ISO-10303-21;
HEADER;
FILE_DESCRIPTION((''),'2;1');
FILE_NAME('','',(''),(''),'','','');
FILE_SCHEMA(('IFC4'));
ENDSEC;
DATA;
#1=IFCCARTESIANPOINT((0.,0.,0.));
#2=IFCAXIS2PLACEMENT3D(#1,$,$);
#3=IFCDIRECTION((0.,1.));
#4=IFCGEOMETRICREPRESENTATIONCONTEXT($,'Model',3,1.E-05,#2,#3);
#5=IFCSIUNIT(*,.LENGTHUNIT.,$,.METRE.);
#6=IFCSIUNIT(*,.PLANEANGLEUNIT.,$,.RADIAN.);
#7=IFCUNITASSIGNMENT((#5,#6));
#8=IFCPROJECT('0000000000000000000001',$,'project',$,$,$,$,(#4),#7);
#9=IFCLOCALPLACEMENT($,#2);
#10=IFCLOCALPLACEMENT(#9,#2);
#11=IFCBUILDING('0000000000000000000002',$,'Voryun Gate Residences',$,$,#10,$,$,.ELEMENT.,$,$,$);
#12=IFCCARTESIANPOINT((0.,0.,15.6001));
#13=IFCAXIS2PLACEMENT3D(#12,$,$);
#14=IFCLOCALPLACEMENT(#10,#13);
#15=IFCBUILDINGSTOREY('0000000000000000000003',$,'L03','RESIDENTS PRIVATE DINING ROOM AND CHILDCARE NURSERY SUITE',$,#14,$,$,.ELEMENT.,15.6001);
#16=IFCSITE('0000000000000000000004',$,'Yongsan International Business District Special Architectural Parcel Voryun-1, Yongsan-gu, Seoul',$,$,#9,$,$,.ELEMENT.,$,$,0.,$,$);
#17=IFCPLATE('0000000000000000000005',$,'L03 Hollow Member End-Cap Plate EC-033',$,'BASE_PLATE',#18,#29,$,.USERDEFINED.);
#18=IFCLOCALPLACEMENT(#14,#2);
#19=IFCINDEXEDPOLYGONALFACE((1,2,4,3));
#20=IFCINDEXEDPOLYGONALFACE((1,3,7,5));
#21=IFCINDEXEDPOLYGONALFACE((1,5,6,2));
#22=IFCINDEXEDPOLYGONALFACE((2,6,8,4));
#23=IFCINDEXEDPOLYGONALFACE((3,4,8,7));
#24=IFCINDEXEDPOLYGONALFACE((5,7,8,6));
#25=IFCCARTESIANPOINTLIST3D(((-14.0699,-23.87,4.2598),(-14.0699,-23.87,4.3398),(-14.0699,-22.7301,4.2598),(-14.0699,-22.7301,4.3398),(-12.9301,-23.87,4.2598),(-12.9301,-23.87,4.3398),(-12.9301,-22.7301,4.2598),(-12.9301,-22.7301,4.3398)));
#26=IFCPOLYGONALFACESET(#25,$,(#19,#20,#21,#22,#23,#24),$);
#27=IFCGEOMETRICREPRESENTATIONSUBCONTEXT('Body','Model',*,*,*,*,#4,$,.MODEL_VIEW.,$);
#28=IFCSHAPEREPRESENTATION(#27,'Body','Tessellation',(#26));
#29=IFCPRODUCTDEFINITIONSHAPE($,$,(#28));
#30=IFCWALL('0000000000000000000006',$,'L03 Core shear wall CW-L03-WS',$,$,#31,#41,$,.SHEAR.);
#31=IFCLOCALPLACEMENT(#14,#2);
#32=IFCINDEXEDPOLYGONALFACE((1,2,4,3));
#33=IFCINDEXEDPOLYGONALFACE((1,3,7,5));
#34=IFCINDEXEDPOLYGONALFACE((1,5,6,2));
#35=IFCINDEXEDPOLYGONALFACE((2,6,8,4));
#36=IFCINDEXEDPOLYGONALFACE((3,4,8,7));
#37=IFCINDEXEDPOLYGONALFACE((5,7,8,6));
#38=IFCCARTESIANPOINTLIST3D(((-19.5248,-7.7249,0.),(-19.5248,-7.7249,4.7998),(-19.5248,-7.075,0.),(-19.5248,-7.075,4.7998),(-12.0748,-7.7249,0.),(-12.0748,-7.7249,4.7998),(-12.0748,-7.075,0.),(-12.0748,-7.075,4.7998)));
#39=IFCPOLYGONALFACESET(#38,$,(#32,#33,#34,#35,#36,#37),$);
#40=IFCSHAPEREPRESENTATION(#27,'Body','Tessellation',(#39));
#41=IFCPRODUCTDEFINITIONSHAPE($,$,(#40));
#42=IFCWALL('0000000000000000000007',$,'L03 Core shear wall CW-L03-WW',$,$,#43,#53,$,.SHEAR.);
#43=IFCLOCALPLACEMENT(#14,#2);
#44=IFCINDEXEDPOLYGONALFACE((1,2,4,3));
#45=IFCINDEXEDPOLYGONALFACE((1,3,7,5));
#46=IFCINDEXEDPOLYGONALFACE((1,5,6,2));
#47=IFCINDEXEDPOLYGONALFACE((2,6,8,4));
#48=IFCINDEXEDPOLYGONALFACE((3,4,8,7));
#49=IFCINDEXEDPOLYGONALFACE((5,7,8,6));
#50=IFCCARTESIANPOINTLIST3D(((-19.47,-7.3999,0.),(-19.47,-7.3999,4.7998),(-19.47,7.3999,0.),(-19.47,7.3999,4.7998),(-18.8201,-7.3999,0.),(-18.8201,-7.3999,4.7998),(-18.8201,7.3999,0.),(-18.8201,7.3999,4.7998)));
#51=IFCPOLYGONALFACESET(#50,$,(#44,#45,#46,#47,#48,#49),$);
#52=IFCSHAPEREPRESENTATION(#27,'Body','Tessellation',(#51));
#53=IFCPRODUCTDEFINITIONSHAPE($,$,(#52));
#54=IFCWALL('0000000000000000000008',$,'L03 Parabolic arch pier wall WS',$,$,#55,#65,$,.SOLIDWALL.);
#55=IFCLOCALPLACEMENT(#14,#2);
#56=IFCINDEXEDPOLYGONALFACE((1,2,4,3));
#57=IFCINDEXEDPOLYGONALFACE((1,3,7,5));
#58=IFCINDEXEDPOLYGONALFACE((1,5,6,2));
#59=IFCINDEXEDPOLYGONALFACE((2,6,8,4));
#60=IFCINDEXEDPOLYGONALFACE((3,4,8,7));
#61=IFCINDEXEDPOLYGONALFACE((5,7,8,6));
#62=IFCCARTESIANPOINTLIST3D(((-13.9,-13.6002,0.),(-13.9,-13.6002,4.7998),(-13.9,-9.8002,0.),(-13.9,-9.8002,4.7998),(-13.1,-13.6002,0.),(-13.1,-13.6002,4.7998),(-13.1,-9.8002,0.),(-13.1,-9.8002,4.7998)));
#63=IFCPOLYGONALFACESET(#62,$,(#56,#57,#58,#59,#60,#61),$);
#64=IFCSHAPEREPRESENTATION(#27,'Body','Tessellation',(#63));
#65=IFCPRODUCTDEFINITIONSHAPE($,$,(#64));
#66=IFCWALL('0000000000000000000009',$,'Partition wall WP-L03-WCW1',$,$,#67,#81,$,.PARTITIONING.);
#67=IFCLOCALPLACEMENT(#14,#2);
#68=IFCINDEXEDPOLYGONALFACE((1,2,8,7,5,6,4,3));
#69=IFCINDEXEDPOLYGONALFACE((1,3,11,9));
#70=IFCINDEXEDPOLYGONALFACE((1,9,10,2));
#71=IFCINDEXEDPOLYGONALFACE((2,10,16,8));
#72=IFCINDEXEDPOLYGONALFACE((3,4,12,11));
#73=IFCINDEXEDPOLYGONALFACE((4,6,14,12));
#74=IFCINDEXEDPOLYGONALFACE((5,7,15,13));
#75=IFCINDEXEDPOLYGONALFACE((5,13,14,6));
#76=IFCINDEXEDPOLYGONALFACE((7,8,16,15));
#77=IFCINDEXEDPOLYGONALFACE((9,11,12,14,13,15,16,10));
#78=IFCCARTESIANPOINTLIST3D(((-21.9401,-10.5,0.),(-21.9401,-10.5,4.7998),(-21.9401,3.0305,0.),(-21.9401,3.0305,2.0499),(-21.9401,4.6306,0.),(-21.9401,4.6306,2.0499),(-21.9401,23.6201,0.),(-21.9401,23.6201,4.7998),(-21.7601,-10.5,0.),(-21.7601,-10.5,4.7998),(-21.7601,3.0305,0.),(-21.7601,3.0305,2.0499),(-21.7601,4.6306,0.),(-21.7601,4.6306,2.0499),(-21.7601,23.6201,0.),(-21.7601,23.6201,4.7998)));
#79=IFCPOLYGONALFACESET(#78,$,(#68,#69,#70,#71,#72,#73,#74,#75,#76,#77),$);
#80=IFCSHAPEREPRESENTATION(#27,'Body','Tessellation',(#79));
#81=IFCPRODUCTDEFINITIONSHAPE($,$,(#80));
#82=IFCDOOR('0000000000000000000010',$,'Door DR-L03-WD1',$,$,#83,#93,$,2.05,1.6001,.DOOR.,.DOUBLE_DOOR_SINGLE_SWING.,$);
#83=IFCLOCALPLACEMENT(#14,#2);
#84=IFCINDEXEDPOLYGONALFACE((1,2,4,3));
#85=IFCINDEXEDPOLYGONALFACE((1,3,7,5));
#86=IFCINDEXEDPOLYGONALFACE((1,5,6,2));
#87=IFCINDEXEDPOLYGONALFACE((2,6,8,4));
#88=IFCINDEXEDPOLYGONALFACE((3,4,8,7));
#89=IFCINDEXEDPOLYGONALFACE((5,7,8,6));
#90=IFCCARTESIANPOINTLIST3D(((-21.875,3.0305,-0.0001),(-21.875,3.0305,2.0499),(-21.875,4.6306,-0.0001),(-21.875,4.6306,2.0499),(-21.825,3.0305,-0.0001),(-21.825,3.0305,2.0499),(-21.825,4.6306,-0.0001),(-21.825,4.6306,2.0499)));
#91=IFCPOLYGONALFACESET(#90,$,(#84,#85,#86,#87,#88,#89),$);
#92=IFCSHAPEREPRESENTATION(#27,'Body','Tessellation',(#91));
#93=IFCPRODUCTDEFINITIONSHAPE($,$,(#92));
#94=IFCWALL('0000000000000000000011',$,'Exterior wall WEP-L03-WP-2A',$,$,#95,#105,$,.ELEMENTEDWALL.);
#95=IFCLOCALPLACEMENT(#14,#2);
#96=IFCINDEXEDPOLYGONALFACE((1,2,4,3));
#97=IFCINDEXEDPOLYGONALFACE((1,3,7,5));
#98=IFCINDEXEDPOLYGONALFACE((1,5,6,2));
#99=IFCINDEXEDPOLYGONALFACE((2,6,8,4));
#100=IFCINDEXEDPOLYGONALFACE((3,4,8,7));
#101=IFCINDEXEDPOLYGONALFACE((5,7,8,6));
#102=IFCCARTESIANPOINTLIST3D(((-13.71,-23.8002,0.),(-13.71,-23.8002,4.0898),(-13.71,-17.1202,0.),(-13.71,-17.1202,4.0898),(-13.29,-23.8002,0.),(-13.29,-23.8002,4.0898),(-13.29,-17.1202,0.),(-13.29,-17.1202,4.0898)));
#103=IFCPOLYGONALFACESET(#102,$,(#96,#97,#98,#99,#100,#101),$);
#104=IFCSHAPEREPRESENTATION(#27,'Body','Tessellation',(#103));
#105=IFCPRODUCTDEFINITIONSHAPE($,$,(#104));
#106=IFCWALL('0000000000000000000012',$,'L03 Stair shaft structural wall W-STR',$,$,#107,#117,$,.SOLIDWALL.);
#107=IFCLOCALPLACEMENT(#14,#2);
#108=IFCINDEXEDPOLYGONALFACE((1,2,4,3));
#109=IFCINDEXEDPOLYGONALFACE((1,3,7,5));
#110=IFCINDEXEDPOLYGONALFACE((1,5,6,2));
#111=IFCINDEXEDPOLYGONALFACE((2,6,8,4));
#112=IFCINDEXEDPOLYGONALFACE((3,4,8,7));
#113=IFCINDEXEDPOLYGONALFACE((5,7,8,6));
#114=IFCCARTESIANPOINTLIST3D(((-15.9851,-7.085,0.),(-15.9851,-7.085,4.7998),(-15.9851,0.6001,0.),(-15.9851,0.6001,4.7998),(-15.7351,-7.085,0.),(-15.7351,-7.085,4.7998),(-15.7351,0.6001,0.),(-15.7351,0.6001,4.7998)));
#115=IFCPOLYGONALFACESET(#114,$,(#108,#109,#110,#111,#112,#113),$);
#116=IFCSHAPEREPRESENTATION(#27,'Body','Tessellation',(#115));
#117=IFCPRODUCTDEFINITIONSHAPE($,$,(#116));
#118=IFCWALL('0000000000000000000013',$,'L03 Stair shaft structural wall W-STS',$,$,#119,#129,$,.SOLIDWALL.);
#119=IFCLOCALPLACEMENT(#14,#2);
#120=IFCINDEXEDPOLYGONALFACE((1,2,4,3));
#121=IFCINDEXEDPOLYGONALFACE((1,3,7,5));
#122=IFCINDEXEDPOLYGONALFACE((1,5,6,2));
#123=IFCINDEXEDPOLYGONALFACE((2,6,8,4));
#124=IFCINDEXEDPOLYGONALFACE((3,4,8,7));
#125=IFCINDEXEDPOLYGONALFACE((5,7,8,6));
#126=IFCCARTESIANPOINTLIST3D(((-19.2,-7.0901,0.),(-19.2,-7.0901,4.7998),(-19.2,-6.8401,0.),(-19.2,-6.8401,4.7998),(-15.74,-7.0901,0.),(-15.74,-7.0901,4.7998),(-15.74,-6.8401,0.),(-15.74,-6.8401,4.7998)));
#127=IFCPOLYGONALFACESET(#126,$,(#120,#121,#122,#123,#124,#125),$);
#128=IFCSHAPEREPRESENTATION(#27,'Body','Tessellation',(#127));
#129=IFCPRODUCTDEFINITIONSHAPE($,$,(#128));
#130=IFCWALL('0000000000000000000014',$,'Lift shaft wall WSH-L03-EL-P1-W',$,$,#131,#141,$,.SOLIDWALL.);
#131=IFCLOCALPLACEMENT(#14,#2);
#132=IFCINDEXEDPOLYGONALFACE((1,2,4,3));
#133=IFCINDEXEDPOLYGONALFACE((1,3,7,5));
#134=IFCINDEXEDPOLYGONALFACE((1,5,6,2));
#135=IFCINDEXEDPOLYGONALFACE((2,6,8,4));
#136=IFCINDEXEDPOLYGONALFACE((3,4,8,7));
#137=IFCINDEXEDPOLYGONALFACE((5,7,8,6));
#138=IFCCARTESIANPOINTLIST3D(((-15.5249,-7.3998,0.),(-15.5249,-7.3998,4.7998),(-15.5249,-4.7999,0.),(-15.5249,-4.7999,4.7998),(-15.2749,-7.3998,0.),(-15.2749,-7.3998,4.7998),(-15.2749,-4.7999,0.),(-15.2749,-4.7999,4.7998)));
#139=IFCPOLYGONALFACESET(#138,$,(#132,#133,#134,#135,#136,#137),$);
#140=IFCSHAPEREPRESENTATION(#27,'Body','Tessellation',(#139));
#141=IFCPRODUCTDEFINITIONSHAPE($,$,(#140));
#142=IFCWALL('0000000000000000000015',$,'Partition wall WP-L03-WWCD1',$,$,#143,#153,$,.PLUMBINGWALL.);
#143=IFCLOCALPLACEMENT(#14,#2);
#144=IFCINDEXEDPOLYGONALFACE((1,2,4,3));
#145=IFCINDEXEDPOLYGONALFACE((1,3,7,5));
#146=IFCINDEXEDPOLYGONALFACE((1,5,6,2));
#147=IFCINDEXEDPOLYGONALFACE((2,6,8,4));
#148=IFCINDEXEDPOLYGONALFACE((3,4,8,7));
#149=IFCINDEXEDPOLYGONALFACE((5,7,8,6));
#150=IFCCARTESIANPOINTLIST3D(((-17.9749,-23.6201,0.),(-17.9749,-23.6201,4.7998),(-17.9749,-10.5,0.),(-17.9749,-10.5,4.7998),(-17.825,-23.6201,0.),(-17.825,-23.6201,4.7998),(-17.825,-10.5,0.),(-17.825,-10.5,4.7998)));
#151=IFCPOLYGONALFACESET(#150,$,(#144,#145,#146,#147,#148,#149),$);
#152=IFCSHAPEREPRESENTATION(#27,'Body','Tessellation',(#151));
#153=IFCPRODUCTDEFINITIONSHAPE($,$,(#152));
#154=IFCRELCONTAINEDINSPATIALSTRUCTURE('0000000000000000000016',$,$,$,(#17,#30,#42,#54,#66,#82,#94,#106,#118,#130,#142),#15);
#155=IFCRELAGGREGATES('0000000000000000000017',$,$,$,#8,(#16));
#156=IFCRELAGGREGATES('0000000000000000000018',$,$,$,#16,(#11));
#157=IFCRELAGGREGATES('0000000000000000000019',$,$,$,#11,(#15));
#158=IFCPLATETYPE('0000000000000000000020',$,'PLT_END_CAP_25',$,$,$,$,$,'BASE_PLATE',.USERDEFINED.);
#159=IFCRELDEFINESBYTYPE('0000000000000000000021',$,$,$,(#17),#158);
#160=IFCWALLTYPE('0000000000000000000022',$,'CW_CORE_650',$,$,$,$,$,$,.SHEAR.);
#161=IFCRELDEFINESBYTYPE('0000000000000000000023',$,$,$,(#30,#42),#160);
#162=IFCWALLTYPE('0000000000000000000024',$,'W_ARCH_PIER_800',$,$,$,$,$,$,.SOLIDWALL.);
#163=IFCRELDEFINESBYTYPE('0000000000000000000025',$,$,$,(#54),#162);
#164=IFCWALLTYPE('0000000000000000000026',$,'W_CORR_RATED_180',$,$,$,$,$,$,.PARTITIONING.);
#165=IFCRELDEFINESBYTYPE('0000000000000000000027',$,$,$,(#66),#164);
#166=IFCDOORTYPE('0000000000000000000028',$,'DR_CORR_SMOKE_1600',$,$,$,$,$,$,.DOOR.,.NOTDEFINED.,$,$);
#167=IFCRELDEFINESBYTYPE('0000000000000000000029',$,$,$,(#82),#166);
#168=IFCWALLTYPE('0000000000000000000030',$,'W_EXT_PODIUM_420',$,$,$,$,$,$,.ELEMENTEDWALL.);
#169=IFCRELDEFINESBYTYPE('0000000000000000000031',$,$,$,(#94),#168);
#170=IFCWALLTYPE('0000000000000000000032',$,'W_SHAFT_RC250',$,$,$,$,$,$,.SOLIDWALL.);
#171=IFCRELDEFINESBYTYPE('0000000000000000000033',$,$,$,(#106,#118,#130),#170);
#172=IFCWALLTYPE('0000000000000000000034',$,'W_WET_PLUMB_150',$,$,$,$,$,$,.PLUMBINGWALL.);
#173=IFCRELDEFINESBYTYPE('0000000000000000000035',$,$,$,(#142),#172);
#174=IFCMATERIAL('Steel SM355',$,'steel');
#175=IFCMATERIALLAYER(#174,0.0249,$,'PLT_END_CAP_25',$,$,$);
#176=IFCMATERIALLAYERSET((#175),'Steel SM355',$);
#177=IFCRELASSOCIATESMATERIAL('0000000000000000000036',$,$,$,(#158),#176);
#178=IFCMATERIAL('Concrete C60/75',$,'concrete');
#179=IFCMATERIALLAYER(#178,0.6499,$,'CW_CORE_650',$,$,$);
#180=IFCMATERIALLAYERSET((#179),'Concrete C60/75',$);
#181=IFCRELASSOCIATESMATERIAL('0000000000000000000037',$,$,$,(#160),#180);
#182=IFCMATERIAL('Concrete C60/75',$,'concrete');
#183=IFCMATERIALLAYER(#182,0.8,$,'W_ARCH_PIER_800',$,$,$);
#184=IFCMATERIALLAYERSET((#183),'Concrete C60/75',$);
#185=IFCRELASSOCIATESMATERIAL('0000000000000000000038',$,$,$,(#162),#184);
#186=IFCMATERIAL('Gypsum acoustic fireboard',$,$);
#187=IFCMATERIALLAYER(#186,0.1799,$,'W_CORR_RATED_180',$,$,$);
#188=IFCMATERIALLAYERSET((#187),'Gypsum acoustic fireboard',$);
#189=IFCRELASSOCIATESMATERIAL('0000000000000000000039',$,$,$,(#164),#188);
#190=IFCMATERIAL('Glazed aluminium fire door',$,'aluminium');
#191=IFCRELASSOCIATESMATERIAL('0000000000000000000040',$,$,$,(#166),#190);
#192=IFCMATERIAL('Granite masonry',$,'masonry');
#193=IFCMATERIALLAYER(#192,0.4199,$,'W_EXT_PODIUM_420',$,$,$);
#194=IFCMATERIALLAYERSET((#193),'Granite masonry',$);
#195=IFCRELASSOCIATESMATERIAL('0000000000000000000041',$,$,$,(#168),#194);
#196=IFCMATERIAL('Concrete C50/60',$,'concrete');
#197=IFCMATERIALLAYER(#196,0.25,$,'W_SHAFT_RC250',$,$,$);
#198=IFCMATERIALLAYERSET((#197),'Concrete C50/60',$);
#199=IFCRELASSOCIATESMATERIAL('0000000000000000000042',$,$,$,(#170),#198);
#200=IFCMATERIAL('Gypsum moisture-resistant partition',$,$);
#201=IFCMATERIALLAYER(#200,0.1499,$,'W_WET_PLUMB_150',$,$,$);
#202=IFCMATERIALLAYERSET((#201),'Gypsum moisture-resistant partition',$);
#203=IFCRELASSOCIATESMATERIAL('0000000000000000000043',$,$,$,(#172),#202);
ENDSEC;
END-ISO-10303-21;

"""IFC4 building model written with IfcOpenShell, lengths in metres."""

from ifc_helpers import new_model, si_unit, direction, frame, frame_2d, origin, origin_2d, place, context, subcontext, project, spatial, rectangle, extrude, material, layer, layer_set, type_object, element, fill, save


model = new_model("IFC4")

# Units and contexts
model_context = context("Model", 3, precision=1e-05, world=origin(), true_north=direction((0.0, 1.0)))
body_context = subcontext(model_context, "Body", "Model", "MODEL_VIEW")
ifc_project = project(units=[si_unit("LENGTHUNIT", "METRE"), si_unit("PLANEANGLEUNIT", "RADIAN")], contexts=[model_context])

# Site, building, storey
site_placement = place(None, origin())
site = spatial("IfcSite", under=ifc_project, at=site_placement, Name="Yongsan International Business District Special Architectural Parcel Voryun-1, Yongsan-gu, Seoul", CompositionType="ELEMENT", RefElevation=0.0)
building_placement = place(site_placement, origin())
building = spatial("IfcBuilding", under=site, at=building_placement, Name="Voryun Gate Residences", CompositionType="ELEMENT")
storey_placement = place(building_placement, frame((0.0, 0.0, 15.6001)))
storey = spatial("IfcBuildingStorey", under=building, at=storey_placement, Name="L03", Description="RESIDENTS PRIVATE DINING ROOM AND CHILDCARE NURSERY SUITE", CompositionType="ELEMENT", Elevation=15.6001)

# Plate
ifc_material_1 = material(Name="Steel SM355", Category="steel")
ifc_layer_1 = layer(ifc_material_1, 0.0249, Name="PLT_END_CAP_25")
ifc_layer_set_1 = layer_set([ifc_layer_1], Name="Steel SM355")
plate_type = type_object("IfcPlateType", Name="PLT_END_CAP_25", ElementType="BASE_PLATE", PredefinedType="USERDEFINED", material=ifc_layer_set_1)
plate_placement = place(storey_placement, frame((-13.5, -23.3, 4.2598), z_axis=(0.0, 0.0, 1.0), x_axis=(1.0, 0.0, 0.0)))
element("IfcPlate", 1, at=plate_placement, inside=storey, type_object=plate_type, Name="L03 Hollow Member End-Cap Plate EC-033", ObjectType="BASE_PLATE", PredefinedType="USERDEFINED", context=body_context, shape_type="SweptSolid", body=[
    extrude(rectangle(XDim=1.1399, YDim=1.1399, at=origin_2d()), origin(), (0.0, 0.0, 1.0), 0.0801),
])

# Walls
ifc_material_2 = material(Name="Concrete C60/75", Category="concrete")
ifc_layer_2 = layer(ifc_material_2, 0.6499, Name="CW_CORE_650")
ifc_layer_set_2 = layer_set([ifc_layer_2], Name="Concrete C60/75")
wall_type_1 = type_object("IfcWallType", Name="CW_CORE_650", PredefinedType="SHEAR", material=ifc_layer_set_2)
wall_1_placement = place(storey_placement, frame((-19.5249, -7.3999, 0.0), z_axis=(0.0, 0.0, 1.0), x_axis=(1.0, 0.0, 0.0)))
element("IfcWall", 2, at=wall_1_placement, inside=storey, type_object=wall_type_1, Name="L03 Core shear wall CW-L03-WS", PredefinedType="SHEAR", context=body_context, shape_type="SweptSolid", body=[
    extrude(rectangle(XDim=7.45, YDim=0.6499, at=frame_2d((3.7251, 0.0))), origin(), (0.0, 0.0, 1.0), 4.7998),
])
wall_2_placement = place(storey_placement, frame((-19.145, -7.3999, 0.0), z_axis=(0.0, 0.0, 1.0), x_axis=(0.0, 1.0, 0.0)))
element("IfcWall", 3, at=wall_2_placement, inside=storey, type_object=wall_type_1, Name="L03 Core shear wall CW-L03-WW", PredefinedType="SHEAR", context=body_context, shape_type="SweptSolid", body=[
    extrude(rectangle(XDim=14.7998, YDim=0.6499, at=frame_2d((7.3999, 0.0))), origin(), (0.0, 0.0, 1.0), 4.7998),
])
ifc_material_3 = material(Name="Concrete C60/75", Category="concrete")
ifc_layer_3 = layer(ifc_material_3, 0.8, Name="W_ARCH_PIER_800")
ifc_layer_set_3 = layer_set([ifc_layer_3], Name="Concrete C60/75")
wall_type_2 = type_object("IfcWallType", Name="W_ARCH_PIER_800", PredefinedType="SOLIDWALL", material=ifc_layer_set_3)
wall_3_placement = place(storey_placement, frame((-13.5, -13.6001, 0.0), z_axis=(0.0, 0.0, 1.0), x_axis=(0.0, 1.0, 0.0)))
element("IfcWall", 4, at=wall_3_placement, inside=storey, type_object=wall_type_2, Name="L03 Parabolic arch pier wall WS", PredefinedType="SOLIDWALL", context=body_context, shape_type="SweptSolid", body=[
    extrude(rectangle(XDim=3.8, YDim=0.8, at=frame_2d((1.8999, 0.0))), origin(), (0.0, 0.0, 1.0), 4.7998),
])

# Wall, opening, door
ifc_material_4 = material(Name="Gypsum acoustic fireboard")
ifc_layer_4 = layer(ifc_material_4, 0.1799, Name="W_CORR_RATED_180")
ifc_layer_set_4 = layer_set([ifc_layer_4], Name="Gypsum acoustic fireboard")
wall_type_3 = type_object("IfcWallType", Name="W_CORR_RATED_180", PredefinedType="PARTITIONING", material=ifc_layer_set_4)
wall_4_placement = place(storey_placement, frame((-21.8501, -10.5, 0.0), z_axis=(0.0, 0.0, 1.0), x_axis=(0.0, 1.0, 0.0)))
wall_4 = element("IfcWall", 5, at=wall_4_placement, inside=storey, type_object=wall_type_3, Name="Partition wall WP-L03-WCW1", PredefinedType="PARTITIONING", context=body_context, shape_type="SweptSolid", body=[
    extrude(rectangle(XDim=34.1201, YDim=0.1799, at=frame_2d((17.0601, 0.0))), origin(), (0.0, 0.0, 1.0), 4.7998),
])
opening_1_placement = place(wall_4_placement, frame((13.5305, 0.0, 0.0)))
opening_1 = element("IfcOpeningElement", 6, at=opening_1_placement, cuts=wall_4, PredefinedType="OPENING", context=body_context, shape_type="SweptSolid", body=[
    extrude(rectangle(XDim=1.6001, YDim=2.05, at=frame_2d((0.8, 1.0249))), frame((0.0, 0.0999, 0.0), z_axis=(0.0, -1.0, 0.0), x_axis=(1.0, 0.0, 0.0)), (0.0, 0.0, 1.0), 0.2),
])
ifc_material_5 = material(Name="Glazed aluminium fire door", Category="aluminium")
door_type_1 = type_object("IfcDoorType", Name="DR_CORR_SMOKE_1600", OperationType="NOTDEFINED", PredefinedType="DOOR", material=ifc_material_5)
door_1_placement = place(opening_1_placement, origin())
door_1 = element("IfcDoor", 7, at=door_1_placement, inside=storey, type_object=door_type_1, Name="Door DR-L03-WD1", OperationType="DOUBLE_DOOR_SINGLE_SWING", OverallHeight=2.05, OverallWidth=1.6001, PredefinedType="DOOR", context=body_context, shape_type="SweptSolid", body=[
    extrude(rectangle(XDim=1.6001, YDim=2.05, at=frame_2d((0.8, 1.0249))), frame((0.0, 0.0249, 0.0), z_axis=(0.0, -1.0, 0.0), x_axis=(1.0, 0.0, 0.0)), (0.0, 0.0, 1.0), 0.05),
])
fill(opening_1, door_1)

# Walls
ifc_material_6 = material(Name="Granite masonry", Category="masonry")
ifc_layer_5 = layer(ifc_material_6, 0.4199, Name="W_EXT_PODIUM_420")
ifc_layer_set_5 = layer_set([ifc_layer_5], Name="Granite masonry")
wall_type_4 = type_object("IfcWallType", Name="W_EXT_PODIUM_420", PredefinedType="ELEMENTEDWALL", material=ifc_layer_set_5)
wall_5_placement = place(storey_placement, frame((-13.5, -23.8, 0.0), z_axis=(0.0, 0.0, 1.0), x_axis=(0.0, 1.0, 0.0)))
element("IfcWall", 8, at=wall_5_placement, inside=storey, type_object=wall_type_4, Name="Exterior wall WEP-L03-WP-2A", PredefinedType="ELEMENTEDWALL", context=body_context, shape_type="SweptSolid", body=[
    extrude(rectangle(XDim=6.6799, YDim=0.4199, at=frame_2d((3.3398, 0.0))), origin(), (0.0, 0.0, 1.0), 4.0898),
])
ifc_material_7 = material(Name="Concrete C50/60", Category="concrete")
ifc_layer_6 = layer(ifc_material_7, 0.25, Name="W_SHAFT_RC250")
ifc_layer_set_6 = layer_set([ifc_layer_6], Name="Concrete C50/60")
wall_type_5 = type_object("IfcWallType", Name="W_SHAFT_RC250", PredefinedType="SOLIDWALL", material=ifc_layer_set_6)
wall_6_placement = place(storey_placement, frame((-15.8601, -7.085, 0.0), z_axis=(0.0, 0.0, 1.0), x_axis=(0.0, 1.0, 0.0)))
element("IfcWall", 9, at=wall_6_placement, inside=storey, type_object=wall_type_5, Name="L03 Stair shaft structural wall W-STR", PredefinedType="SOLIDWALL", context=body_context, shape_type="SweptSolid", body=[
    extrude(rectangle(XDim=7.6851, YDim=0.25, at=frame_2d((3.8425, 0.0))), origin(), (0.0, 0.0, 1.0), 4.7998),
])
wall_7_placement = place(storey_placement, frame((-19.2, -6.9651, 0.0), z_axis=(0.0, 0.0, 1.0), x_axis=(1.0, 0.0, 0.0)))
element("IfcWall", 10, at=wall_7_placement, inside=storey, type_object=wall_type_5, Name="L03 Stair shaft structural wall W-STS", PredefinedType="SOLIDWALL", context=body_context, shape_type="SweptSolid", body=[
    extrude(rectangle(XDim=3.46, YDim=0.25, at=frame_2d((1.73, 0.0))), origin(), (0.0, 0.0, 1.0), 4.7998),
])
wall_8_placement = place(storey_placement, frame((-15.3999, -4.8, 0.0), z_axis=(0.0, 0.0, 1.0), x_axis=(0.0, -1.0, 0.0)))
element("IfcWall", 11, at=wall_8_placement, inside=storey, type_object=wall_type_5, Name="Lift shaft wall WSH-L03-EL-P1-W", PredefinedType="SOLIDWALL", context=body_context, shape_type="SweptSolid", body=[
    extrude(rectangle(XDim=2.5999, YDim=0.25, at=frame_2d((1.2998, 0.0))), origin(), (0.0, 0.0, 1.0), 4.7998),
])
ifc_material_8 = material(Name="Gypsum moisture-resistant partition")
ifc_layer_7 = layer(ifc_material_8, 0.1499, Name="W_WET_PLUMB_150")
ifc_layer_set_7 = layer_set([ifc_layer_7], Name="Gypsum moisture-resistant partition")
wall_type_6 = type_object("IfcWallType", Name="W_WET_PLUMB_150", PredefinedType="PLUMBINGWALL", material=ifc_layer_set_7)
wall_9_placement = place(storey_placement, frame((-17.8999, -23.6201, 0.0), z_axis=(0.0, 0.0, 1.0), x_axis=(0.0, 1.0, 0.0)))
element("IfcWall", 12, at=wall_9_placement, inside=storey, type_object=wall_type_6, Name="Partition wall WP-L03-WWCD1", PredefinedType="PLUMBINGWALL", context=body_context, shape_type="SweptSolid", body=[
    extrude(rectangle(XDim=13.1201, YDim=0.1499, at=frame_2d((6.5601, 0.0))), origin(), (0.0, 0.0, 1.0), 4.7998),
])

save(model, "model.ifc")
